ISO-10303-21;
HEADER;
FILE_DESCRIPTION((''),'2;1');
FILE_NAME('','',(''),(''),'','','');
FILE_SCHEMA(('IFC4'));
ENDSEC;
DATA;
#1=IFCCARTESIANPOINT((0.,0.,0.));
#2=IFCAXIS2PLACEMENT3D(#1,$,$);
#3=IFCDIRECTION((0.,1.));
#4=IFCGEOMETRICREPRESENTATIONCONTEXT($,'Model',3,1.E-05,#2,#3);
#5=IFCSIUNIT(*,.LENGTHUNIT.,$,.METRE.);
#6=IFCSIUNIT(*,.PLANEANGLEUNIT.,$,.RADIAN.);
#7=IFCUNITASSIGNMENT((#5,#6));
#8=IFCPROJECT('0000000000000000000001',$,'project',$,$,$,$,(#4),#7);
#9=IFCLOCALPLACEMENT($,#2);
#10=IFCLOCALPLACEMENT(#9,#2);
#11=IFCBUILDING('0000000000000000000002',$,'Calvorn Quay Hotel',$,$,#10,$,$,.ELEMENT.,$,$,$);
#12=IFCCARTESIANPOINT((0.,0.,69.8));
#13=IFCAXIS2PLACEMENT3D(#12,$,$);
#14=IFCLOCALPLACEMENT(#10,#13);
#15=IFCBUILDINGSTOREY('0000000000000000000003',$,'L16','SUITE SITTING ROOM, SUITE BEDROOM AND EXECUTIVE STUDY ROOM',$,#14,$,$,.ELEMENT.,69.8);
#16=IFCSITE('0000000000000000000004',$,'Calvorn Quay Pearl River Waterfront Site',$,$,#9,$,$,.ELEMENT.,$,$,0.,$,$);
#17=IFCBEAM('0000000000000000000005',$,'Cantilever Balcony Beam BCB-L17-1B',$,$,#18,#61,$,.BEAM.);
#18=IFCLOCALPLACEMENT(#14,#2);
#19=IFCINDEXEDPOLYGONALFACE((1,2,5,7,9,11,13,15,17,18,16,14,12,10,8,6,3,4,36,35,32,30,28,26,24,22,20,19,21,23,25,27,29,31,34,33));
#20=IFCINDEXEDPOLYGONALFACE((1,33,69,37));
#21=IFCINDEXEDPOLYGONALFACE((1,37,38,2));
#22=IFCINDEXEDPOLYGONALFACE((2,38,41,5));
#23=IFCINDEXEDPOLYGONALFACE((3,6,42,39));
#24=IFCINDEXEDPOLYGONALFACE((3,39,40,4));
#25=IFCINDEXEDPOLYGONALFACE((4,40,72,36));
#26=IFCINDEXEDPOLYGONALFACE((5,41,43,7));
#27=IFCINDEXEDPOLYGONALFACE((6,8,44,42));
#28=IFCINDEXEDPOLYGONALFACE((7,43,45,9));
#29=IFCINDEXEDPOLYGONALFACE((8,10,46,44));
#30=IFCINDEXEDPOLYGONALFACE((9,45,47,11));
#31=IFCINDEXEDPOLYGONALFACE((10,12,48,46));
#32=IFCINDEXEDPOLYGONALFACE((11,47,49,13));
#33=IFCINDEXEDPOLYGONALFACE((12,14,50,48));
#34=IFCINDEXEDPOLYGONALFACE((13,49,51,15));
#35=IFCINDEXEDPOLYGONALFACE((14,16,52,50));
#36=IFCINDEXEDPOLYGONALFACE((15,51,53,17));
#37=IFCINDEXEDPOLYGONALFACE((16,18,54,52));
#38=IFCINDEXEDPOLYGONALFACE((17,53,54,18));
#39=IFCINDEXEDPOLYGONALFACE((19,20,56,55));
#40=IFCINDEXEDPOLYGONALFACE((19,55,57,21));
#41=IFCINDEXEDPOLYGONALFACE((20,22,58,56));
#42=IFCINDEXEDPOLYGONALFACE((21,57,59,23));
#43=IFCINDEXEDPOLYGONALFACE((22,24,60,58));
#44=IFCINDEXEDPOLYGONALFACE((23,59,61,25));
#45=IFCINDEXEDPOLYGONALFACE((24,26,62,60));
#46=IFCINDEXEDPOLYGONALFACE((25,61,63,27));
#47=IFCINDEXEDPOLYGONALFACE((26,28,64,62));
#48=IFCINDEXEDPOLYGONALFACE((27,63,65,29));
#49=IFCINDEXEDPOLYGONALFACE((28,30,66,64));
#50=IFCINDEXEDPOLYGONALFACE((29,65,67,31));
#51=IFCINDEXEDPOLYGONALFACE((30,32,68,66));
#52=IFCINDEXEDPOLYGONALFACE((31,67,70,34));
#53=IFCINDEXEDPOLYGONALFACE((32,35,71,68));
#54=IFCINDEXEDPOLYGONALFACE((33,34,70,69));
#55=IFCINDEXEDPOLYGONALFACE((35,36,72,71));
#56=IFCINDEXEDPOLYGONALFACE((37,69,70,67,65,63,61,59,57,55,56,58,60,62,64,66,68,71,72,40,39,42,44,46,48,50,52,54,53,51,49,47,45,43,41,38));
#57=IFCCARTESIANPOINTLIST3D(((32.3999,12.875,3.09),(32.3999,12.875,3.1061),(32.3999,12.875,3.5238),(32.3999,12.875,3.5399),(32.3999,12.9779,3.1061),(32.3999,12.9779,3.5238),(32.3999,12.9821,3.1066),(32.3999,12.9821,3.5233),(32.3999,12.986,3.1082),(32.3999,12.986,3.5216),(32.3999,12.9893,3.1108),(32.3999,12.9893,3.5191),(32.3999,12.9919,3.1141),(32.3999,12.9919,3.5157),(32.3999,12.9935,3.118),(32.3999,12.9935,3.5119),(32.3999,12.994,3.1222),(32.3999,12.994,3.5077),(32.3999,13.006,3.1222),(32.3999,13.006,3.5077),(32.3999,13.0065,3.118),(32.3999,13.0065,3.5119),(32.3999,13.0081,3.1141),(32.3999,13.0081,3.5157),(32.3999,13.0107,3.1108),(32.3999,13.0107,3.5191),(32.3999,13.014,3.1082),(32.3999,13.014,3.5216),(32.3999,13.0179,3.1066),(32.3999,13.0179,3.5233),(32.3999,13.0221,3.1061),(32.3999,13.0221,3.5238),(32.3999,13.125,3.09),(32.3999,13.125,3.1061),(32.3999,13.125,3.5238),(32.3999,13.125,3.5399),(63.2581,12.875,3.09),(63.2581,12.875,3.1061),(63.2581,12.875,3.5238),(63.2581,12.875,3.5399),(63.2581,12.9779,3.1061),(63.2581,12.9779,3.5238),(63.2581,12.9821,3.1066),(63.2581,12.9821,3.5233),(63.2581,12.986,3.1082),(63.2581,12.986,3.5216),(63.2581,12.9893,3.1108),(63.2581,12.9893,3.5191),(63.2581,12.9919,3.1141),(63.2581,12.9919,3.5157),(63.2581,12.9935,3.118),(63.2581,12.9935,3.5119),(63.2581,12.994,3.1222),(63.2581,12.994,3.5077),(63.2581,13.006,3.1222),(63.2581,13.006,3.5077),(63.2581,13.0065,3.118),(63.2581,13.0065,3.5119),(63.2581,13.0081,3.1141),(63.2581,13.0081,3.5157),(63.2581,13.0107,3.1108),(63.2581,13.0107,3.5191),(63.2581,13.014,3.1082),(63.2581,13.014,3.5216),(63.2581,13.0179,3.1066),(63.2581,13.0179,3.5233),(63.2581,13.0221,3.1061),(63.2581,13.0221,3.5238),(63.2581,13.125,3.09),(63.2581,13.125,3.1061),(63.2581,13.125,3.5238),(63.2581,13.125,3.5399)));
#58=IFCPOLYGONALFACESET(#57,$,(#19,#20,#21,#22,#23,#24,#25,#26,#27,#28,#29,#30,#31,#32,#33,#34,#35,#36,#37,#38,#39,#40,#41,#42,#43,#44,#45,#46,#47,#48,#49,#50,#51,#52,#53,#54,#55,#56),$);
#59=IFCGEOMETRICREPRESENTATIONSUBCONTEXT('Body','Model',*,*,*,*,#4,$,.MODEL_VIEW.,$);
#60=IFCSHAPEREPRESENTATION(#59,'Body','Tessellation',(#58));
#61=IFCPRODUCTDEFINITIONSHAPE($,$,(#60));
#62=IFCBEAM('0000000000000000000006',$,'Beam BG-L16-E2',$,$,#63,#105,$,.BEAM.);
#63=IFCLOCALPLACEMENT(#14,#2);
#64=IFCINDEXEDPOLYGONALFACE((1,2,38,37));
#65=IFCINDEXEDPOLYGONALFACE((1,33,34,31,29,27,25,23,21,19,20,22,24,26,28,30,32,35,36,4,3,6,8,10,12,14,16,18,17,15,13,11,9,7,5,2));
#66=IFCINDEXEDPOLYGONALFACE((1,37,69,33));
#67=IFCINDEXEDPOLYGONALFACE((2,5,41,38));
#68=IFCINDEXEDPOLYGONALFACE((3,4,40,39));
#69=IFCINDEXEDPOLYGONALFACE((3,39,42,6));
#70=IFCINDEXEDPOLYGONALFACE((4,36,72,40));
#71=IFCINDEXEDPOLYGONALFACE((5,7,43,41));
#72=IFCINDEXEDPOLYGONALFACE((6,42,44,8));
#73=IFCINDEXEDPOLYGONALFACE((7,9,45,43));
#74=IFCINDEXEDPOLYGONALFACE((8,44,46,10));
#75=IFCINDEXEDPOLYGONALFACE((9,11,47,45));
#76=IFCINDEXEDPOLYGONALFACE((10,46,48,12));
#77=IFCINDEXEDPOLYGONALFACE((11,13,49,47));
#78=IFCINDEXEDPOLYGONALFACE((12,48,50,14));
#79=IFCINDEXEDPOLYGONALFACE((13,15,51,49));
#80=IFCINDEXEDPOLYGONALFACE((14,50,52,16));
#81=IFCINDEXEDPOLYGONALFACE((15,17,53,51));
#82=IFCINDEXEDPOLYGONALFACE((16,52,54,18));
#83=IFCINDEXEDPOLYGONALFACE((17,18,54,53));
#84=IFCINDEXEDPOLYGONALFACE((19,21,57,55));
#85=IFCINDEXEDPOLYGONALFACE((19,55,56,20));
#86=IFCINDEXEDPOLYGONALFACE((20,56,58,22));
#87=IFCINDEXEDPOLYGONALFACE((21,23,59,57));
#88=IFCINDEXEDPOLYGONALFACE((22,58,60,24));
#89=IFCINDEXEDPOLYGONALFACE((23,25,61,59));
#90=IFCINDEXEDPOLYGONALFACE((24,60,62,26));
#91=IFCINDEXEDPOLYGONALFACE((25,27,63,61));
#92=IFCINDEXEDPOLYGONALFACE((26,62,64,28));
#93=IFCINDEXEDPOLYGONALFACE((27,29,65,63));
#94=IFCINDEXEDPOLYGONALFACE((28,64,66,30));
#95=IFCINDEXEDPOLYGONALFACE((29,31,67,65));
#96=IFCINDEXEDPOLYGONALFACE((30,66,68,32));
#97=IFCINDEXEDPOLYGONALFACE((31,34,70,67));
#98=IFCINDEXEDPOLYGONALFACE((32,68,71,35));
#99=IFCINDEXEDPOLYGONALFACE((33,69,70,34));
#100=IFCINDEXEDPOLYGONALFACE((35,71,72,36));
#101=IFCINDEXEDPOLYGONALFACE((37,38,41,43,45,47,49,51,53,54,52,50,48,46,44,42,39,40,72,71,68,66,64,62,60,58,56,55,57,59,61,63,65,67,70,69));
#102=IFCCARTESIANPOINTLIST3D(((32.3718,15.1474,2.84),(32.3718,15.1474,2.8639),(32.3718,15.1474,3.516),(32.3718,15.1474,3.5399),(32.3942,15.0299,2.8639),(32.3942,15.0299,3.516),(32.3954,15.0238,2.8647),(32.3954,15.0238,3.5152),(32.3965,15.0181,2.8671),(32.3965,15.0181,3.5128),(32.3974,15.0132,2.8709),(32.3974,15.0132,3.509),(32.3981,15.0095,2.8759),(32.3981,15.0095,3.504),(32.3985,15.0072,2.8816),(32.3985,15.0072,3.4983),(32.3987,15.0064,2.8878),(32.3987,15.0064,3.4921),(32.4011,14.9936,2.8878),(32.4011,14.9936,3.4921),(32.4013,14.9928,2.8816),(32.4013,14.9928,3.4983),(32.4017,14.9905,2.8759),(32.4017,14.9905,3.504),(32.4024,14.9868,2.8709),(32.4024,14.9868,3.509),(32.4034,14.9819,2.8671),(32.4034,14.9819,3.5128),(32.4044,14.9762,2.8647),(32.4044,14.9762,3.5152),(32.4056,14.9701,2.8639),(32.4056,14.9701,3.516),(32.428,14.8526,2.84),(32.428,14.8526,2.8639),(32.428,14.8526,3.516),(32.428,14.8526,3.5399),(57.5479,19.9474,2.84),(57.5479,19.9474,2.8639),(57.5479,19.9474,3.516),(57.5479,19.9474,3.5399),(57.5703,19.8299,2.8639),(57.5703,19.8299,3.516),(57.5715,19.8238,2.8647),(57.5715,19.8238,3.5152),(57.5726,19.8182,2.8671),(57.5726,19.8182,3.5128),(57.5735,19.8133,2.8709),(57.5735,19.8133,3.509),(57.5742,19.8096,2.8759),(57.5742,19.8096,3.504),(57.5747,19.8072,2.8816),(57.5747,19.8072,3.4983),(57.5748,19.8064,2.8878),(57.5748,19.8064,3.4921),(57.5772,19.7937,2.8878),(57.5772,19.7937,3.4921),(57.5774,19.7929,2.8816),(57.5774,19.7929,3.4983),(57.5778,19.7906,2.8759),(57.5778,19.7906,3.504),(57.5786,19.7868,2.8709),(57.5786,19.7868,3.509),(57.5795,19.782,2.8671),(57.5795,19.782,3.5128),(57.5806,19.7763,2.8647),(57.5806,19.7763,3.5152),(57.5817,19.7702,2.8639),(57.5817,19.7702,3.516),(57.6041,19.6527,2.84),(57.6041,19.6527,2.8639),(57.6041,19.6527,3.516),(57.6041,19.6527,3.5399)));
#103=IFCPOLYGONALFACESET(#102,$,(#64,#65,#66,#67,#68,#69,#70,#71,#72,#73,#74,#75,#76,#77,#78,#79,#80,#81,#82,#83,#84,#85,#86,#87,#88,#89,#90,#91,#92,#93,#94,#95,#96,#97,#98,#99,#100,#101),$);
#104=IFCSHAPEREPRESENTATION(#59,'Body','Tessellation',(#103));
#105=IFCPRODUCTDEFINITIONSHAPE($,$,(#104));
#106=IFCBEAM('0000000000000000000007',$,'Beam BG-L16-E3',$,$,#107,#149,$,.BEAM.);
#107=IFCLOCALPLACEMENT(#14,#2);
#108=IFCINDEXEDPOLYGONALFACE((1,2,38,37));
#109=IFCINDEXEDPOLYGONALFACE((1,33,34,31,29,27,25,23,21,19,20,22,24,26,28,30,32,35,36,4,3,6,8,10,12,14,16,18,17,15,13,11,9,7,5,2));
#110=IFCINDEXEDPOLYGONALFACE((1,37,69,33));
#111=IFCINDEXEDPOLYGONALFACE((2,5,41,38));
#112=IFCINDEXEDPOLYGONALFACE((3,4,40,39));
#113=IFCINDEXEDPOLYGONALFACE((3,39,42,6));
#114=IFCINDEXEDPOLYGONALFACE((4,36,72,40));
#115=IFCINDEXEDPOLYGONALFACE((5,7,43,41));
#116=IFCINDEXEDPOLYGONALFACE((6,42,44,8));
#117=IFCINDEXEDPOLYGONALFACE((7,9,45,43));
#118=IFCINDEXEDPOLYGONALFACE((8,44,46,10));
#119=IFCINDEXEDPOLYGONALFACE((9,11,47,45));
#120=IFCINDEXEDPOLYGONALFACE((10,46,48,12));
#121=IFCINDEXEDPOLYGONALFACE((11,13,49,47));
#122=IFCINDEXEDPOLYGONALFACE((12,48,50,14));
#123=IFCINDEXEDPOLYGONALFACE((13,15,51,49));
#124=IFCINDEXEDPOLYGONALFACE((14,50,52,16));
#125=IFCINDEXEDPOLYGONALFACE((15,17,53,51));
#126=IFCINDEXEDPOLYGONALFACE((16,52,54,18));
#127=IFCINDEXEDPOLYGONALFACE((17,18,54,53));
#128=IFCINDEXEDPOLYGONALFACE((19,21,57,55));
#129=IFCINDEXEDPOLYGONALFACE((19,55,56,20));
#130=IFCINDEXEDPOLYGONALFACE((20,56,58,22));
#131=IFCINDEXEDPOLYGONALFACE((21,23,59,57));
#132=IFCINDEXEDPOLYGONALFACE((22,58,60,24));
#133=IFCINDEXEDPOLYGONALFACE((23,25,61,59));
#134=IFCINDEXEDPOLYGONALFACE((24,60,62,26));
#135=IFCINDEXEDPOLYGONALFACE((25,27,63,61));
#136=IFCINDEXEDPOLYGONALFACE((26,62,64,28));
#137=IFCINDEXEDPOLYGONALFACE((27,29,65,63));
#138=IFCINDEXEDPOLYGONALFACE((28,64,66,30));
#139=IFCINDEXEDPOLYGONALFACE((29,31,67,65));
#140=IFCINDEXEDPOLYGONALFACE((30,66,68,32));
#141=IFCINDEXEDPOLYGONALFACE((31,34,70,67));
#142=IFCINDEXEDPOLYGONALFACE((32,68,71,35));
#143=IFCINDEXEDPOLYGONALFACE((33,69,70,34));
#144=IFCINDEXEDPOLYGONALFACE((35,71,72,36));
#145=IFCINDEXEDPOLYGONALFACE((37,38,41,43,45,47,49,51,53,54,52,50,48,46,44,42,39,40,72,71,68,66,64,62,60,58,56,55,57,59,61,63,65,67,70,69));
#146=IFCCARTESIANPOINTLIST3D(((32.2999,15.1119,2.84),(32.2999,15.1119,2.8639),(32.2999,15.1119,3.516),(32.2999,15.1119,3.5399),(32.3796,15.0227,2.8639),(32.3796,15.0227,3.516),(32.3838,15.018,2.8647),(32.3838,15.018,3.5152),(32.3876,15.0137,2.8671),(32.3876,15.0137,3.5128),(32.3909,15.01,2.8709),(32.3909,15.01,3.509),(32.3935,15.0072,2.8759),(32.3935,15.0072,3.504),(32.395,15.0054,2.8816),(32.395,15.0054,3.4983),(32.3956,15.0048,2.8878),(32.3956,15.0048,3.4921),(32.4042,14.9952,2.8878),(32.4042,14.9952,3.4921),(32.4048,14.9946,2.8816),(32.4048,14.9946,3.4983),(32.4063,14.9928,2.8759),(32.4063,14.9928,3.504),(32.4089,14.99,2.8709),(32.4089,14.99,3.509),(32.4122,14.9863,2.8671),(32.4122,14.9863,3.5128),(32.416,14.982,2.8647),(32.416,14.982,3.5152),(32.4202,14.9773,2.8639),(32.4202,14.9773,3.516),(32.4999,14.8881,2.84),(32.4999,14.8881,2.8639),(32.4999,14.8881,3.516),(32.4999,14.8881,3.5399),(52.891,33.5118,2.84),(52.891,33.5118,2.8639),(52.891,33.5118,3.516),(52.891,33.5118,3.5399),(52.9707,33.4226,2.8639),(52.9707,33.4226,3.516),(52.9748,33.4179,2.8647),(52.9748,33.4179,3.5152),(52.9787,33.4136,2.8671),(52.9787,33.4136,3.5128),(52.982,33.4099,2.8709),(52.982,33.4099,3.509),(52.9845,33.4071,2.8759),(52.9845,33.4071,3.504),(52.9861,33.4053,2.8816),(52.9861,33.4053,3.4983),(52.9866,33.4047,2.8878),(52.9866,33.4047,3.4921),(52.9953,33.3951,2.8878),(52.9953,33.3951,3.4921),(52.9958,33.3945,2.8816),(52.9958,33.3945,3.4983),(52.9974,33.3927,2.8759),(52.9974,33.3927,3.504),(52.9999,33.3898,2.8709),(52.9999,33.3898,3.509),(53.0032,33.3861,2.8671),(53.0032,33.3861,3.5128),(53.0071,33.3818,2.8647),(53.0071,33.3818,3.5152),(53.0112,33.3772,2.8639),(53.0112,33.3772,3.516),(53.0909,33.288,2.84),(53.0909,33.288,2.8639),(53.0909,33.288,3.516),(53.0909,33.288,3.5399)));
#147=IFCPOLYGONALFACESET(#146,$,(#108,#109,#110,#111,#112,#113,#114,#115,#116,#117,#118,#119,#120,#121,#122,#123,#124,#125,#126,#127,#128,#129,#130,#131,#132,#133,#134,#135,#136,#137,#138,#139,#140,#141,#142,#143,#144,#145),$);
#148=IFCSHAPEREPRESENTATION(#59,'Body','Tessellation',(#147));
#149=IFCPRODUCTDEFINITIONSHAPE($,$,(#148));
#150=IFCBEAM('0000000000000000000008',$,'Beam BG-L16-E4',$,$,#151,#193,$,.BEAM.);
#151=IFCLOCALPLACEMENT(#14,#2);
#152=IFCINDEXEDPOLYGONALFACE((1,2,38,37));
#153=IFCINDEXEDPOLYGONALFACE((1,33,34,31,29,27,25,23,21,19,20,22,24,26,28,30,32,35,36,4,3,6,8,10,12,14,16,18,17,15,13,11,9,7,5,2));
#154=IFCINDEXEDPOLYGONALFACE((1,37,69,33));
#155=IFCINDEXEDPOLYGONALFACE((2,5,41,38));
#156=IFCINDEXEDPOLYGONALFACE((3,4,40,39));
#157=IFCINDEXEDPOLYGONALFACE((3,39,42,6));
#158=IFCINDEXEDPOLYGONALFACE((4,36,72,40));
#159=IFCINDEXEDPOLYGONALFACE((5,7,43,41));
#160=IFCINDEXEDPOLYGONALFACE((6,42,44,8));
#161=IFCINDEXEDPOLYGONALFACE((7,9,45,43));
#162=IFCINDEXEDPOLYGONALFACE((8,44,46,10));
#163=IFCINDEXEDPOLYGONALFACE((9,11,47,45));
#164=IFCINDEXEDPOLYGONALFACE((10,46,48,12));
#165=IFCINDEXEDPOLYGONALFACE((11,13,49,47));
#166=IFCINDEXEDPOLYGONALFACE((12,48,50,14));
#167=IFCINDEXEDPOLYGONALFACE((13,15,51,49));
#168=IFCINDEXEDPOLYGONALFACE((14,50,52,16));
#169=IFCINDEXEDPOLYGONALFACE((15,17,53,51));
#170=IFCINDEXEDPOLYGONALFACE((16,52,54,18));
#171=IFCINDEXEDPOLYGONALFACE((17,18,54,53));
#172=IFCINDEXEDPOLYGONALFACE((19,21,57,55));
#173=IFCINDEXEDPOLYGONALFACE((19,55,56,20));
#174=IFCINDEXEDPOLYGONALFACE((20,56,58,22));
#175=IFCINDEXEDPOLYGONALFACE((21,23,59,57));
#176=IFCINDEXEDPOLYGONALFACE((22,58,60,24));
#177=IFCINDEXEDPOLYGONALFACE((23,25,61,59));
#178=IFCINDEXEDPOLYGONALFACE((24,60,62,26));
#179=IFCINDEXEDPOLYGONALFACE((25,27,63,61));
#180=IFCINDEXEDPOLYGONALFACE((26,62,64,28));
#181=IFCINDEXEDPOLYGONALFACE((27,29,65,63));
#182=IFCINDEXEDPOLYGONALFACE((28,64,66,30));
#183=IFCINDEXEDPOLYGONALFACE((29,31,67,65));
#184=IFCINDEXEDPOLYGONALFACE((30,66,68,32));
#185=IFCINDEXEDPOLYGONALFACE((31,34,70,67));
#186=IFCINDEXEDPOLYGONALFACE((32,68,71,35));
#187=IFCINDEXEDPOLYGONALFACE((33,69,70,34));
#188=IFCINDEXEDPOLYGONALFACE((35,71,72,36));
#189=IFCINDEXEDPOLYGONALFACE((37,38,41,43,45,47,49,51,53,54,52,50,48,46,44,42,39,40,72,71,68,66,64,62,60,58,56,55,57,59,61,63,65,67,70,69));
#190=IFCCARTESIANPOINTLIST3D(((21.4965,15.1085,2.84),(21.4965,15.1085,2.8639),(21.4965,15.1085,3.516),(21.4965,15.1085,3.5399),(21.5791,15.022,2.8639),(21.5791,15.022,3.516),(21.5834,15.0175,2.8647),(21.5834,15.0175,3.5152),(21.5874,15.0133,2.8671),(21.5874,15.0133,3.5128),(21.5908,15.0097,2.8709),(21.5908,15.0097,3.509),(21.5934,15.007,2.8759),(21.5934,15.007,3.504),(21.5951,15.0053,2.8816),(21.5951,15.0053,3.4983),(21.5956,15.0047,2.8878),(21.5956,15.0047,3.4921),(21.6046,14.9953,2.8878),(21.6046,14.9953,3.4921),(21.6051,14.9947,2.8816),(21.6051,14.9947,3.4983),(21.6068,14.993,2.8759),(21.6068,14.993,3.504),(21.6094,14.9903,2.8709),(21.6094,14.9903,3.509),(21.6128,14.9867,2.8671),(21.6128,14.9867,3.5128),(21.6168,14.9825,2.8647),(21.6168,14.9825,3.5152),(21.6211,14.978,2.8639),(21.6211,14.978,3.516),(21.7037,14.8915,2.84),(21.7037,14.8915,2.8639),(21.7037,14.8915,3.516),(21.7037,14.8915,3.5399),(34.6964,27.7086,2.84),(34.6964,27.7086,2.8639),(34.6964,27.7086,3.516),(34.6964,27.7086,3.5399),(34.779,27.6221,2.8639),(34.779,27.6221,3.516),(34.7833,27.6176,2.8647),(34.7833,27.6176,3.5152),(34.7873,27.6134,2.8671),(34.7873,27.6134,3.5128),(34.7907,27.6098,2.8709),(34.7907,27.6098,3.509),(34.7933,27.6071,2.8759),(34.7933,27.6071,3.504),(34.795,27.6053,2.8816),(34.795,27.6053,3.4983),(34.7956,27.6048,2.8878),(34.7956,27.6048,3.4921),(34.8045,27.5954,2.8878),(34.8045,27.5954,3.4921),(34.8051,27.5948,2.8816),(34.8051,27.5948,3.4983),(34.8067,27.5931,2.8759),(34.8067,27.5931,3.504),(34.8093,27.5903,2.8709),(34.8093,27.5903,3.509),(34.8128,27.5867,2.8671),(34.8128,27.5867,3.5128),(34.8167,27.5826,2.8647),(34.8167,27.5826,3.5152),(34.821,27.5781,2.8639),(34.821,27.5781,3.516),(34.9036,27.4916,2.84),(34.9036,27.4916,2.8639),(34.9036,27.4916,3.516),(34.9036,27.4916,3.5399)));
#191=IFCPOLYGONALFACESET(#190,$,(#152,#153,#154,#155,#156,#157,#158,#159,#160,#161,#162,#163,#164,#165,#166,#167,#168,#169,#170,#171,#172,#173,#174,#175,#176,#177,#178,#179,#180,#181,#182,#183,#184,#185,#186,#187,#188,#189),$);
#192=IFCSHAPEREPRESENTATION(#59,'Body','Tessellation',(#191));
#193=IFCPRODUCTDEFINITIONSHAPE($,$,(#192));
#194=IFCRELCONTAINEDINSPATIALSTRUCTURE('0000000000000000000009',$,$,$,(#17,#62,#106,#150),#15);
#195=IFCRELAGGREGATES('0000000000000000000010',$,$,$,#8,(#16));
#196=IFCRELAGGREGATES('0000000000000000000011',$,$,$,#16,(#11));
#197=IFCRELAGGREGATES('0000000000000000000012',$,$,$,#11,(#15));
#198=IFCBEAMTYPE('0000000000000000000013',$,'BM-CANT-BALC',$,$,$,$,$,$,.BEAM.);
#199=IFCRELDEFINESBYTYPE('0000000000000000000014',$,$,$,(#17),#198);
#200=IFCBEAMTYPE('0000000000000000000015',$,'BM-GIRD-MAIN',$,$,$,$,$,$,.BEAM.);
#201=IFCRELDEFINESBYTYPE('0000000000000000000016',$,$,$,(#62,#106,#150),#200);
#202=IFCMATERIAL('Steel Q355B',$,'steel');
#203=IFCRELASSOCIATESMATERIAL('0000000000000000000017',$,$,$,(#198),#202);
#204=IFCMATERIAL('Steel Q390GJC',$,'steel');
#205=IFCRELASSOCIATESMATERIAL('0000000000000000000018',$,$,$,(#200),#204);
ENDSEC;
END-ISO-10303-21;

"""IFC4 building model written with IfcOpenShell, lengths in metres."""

from ifc_helpers import new_model, si_unit, direction, frame, origin, origin_2d, place, context, subcontext, project, spatial, i_section, extrude, material, material_profile, profile_set, type_object, element, save


model = new_model("IFC4")

# Units and contexts
model_context = context("Model", 3, precision=1e-05, world=origin(), true_north=direction((0.0, 1.0)))
body_context = subcontext(model_context, "Body", "Model", "MODEL_VIEW")
ifc_project = project(units=[si_unit("LENGTHUNIT", "METRE"), si_unit("PLANEANGLEUNIT", "RADIAN")], contexts=[model_context])

# Site, building, storey
site_placement = place(None, origin())
site = spatial("IfcSite", under=ifc_project, at=site_placement, Name="Calvorn Quay Pearl River Waterfront Site", CompositionType="ELEMENT", RefElevation=0.0)
building_placement = place(site_placement, origin())
building = spatial("IfcBuilding", under=site, at=building_placement, Name="Calvorn Quay Hotel", CompositionType="ELEMENT")
storey_placement = place(building_placement, frame((0.0, 0.0, 69.8)))
storey = spatial("IfcBuildingStorey", under=building, at=storey_placement, Name="L16", Description="SUITE SITTING ROOM, SUITE BEDROOM AND EXECUTIVE STUDY ROOM", CompositionType="ELEMENT", Elevation=69.8)

# Beams
ifc_material_1 = material(Name="Steel Q355B", Category="steel")
ifc_material_profile_1 = material_profile(ifc_material_1, i_section(OverallWidth=0.25, OverallDepth=0.45, WebThickness=0.012, FlangeThickness=0.0161, FilletRadius=0.0161, at=origin_2d()), Name="HN450x250x12x16")
ifc_profile_set_1 = profile_set([ifc_material_profile_1], Name="Steel Q355B")
beam_type_1 = type_object("IfcBeamType", Name="BM-CANT-BALC", PredefinedType="BEAM", material=ifc_profile_set_1)
beam_1_placement = place(storey_placement, frame((32.3999, 13.0, 3.3149), z_axis=(1.0, 0.0, 0.0), x_axis=(0.0, 1.0, 0.0)))
element("IfcBeam", 1, at=beam_1_placement, inside=storey, type_object=beam_type_1, Name="Cantilever Balcony Beam BCB-L17-1B", PredefinedType="BEAM", context=body_context, shape_type="SweptSolid", body=[
    extrude(i_section(OverallWidth=0.25, OverallDepth=0.45, WebThickness=0.012, FlangeThickness=0.0161, FilletRadius=0.0161, at=origin_2d()), origin(), (0.0, 0.0, 1.0), 30.8582),
])
ifc_material_2 = material(Name="Steel Q390GJC", Category="steel")
ifc_material_profile_2 = material_profile(ifc_material_2, i_section(OverallWidth=0.3, OverallDepth=0.7, WebThickness=0.0129, FlangeThickness=0.0239, FilletRadius=0.0239, at=origin_2d()), Name="HN700x300x13x24")
ifc_profile_set_2 = profile_set([ifc_material_profile_2], Name="Steel Q390GJC")
beam_type_2 = type_object("IfcBeamType", Name="BM-GIRD-MAIN", PredefinedType="BEAM", material=ifc_profile_set_2)
beam_2_placement = place(storey_placement, frame((32.3999, 15.0, 3.1899), z_axis=(0.982305, 0.187286, 0.0), x_axis=(-0.187286, 0.982305, 0.0)))
element("IfcBeam", 2, at=beam_2_placement, inside=storey, type_object=beam_type_2, Name="Beam BG-L16-E2", PredefinedType="BEAM", context=body_context, shape_type="SweptSolid", body=[
    extrude(i_section(OverallWidth=0.3, OverallDepth=0.7, WebThickness=0.0129, FlangeThickness=0.0239, FilletRadius=0.0239, at=origin_2d()), origin(), (0.0, 0.0, 1.0), 25.6296),
])
beam_3_placement = place(storey_placement, frame((32.3999, 15.0, 3.1899), z_axis=(0.745667, 0.666318, 0.0), x_axis=(-0.666318, 0.745667, 0.0)))
element("IfcBeam", 3, at=beam_3_placement, inside=storey, type_object=beam_type_2, Name="Beam BG-L16-E3", PredefinedType="BEAM", context=body_context, shape_type="SweptSolid", body=[
    extrude(i_section(OverallWidth=0.3, OverallDepth=0.7, WebThickness=0.0129, FlangeThickness=0.0239, FilletRadius=0.0239, at=origin_2d()), origin(), (0.0, 0.0, 1.0), 27.6143),
])
beam_4_placement = place(storey_placement, frame((21.6001, 15.0, 3.1899), z_axis=(0.723352, 0.69048, 0.0), x_axis=(-0.69048, 0.723352, 0.0)))
element("IfcBeam", 4, at=beam_4_placement, inside=storey, type_object=beam_type_2, Name="Beam BG-L16-E4", PredefinedType="BEAM", context=body_context, shape_type="SweptSolid", body=[
    extrude(i_section(OverallWidth=0.3, OverallDepth=0.7, WebThickness=0.0129, FlangeThickness=0.0239, FilletRadius=0.0239, at=origin_2d()), origin(), (0.0, 0.0, 1.0), 18.2483),
])

save(model, "model.ifc")
